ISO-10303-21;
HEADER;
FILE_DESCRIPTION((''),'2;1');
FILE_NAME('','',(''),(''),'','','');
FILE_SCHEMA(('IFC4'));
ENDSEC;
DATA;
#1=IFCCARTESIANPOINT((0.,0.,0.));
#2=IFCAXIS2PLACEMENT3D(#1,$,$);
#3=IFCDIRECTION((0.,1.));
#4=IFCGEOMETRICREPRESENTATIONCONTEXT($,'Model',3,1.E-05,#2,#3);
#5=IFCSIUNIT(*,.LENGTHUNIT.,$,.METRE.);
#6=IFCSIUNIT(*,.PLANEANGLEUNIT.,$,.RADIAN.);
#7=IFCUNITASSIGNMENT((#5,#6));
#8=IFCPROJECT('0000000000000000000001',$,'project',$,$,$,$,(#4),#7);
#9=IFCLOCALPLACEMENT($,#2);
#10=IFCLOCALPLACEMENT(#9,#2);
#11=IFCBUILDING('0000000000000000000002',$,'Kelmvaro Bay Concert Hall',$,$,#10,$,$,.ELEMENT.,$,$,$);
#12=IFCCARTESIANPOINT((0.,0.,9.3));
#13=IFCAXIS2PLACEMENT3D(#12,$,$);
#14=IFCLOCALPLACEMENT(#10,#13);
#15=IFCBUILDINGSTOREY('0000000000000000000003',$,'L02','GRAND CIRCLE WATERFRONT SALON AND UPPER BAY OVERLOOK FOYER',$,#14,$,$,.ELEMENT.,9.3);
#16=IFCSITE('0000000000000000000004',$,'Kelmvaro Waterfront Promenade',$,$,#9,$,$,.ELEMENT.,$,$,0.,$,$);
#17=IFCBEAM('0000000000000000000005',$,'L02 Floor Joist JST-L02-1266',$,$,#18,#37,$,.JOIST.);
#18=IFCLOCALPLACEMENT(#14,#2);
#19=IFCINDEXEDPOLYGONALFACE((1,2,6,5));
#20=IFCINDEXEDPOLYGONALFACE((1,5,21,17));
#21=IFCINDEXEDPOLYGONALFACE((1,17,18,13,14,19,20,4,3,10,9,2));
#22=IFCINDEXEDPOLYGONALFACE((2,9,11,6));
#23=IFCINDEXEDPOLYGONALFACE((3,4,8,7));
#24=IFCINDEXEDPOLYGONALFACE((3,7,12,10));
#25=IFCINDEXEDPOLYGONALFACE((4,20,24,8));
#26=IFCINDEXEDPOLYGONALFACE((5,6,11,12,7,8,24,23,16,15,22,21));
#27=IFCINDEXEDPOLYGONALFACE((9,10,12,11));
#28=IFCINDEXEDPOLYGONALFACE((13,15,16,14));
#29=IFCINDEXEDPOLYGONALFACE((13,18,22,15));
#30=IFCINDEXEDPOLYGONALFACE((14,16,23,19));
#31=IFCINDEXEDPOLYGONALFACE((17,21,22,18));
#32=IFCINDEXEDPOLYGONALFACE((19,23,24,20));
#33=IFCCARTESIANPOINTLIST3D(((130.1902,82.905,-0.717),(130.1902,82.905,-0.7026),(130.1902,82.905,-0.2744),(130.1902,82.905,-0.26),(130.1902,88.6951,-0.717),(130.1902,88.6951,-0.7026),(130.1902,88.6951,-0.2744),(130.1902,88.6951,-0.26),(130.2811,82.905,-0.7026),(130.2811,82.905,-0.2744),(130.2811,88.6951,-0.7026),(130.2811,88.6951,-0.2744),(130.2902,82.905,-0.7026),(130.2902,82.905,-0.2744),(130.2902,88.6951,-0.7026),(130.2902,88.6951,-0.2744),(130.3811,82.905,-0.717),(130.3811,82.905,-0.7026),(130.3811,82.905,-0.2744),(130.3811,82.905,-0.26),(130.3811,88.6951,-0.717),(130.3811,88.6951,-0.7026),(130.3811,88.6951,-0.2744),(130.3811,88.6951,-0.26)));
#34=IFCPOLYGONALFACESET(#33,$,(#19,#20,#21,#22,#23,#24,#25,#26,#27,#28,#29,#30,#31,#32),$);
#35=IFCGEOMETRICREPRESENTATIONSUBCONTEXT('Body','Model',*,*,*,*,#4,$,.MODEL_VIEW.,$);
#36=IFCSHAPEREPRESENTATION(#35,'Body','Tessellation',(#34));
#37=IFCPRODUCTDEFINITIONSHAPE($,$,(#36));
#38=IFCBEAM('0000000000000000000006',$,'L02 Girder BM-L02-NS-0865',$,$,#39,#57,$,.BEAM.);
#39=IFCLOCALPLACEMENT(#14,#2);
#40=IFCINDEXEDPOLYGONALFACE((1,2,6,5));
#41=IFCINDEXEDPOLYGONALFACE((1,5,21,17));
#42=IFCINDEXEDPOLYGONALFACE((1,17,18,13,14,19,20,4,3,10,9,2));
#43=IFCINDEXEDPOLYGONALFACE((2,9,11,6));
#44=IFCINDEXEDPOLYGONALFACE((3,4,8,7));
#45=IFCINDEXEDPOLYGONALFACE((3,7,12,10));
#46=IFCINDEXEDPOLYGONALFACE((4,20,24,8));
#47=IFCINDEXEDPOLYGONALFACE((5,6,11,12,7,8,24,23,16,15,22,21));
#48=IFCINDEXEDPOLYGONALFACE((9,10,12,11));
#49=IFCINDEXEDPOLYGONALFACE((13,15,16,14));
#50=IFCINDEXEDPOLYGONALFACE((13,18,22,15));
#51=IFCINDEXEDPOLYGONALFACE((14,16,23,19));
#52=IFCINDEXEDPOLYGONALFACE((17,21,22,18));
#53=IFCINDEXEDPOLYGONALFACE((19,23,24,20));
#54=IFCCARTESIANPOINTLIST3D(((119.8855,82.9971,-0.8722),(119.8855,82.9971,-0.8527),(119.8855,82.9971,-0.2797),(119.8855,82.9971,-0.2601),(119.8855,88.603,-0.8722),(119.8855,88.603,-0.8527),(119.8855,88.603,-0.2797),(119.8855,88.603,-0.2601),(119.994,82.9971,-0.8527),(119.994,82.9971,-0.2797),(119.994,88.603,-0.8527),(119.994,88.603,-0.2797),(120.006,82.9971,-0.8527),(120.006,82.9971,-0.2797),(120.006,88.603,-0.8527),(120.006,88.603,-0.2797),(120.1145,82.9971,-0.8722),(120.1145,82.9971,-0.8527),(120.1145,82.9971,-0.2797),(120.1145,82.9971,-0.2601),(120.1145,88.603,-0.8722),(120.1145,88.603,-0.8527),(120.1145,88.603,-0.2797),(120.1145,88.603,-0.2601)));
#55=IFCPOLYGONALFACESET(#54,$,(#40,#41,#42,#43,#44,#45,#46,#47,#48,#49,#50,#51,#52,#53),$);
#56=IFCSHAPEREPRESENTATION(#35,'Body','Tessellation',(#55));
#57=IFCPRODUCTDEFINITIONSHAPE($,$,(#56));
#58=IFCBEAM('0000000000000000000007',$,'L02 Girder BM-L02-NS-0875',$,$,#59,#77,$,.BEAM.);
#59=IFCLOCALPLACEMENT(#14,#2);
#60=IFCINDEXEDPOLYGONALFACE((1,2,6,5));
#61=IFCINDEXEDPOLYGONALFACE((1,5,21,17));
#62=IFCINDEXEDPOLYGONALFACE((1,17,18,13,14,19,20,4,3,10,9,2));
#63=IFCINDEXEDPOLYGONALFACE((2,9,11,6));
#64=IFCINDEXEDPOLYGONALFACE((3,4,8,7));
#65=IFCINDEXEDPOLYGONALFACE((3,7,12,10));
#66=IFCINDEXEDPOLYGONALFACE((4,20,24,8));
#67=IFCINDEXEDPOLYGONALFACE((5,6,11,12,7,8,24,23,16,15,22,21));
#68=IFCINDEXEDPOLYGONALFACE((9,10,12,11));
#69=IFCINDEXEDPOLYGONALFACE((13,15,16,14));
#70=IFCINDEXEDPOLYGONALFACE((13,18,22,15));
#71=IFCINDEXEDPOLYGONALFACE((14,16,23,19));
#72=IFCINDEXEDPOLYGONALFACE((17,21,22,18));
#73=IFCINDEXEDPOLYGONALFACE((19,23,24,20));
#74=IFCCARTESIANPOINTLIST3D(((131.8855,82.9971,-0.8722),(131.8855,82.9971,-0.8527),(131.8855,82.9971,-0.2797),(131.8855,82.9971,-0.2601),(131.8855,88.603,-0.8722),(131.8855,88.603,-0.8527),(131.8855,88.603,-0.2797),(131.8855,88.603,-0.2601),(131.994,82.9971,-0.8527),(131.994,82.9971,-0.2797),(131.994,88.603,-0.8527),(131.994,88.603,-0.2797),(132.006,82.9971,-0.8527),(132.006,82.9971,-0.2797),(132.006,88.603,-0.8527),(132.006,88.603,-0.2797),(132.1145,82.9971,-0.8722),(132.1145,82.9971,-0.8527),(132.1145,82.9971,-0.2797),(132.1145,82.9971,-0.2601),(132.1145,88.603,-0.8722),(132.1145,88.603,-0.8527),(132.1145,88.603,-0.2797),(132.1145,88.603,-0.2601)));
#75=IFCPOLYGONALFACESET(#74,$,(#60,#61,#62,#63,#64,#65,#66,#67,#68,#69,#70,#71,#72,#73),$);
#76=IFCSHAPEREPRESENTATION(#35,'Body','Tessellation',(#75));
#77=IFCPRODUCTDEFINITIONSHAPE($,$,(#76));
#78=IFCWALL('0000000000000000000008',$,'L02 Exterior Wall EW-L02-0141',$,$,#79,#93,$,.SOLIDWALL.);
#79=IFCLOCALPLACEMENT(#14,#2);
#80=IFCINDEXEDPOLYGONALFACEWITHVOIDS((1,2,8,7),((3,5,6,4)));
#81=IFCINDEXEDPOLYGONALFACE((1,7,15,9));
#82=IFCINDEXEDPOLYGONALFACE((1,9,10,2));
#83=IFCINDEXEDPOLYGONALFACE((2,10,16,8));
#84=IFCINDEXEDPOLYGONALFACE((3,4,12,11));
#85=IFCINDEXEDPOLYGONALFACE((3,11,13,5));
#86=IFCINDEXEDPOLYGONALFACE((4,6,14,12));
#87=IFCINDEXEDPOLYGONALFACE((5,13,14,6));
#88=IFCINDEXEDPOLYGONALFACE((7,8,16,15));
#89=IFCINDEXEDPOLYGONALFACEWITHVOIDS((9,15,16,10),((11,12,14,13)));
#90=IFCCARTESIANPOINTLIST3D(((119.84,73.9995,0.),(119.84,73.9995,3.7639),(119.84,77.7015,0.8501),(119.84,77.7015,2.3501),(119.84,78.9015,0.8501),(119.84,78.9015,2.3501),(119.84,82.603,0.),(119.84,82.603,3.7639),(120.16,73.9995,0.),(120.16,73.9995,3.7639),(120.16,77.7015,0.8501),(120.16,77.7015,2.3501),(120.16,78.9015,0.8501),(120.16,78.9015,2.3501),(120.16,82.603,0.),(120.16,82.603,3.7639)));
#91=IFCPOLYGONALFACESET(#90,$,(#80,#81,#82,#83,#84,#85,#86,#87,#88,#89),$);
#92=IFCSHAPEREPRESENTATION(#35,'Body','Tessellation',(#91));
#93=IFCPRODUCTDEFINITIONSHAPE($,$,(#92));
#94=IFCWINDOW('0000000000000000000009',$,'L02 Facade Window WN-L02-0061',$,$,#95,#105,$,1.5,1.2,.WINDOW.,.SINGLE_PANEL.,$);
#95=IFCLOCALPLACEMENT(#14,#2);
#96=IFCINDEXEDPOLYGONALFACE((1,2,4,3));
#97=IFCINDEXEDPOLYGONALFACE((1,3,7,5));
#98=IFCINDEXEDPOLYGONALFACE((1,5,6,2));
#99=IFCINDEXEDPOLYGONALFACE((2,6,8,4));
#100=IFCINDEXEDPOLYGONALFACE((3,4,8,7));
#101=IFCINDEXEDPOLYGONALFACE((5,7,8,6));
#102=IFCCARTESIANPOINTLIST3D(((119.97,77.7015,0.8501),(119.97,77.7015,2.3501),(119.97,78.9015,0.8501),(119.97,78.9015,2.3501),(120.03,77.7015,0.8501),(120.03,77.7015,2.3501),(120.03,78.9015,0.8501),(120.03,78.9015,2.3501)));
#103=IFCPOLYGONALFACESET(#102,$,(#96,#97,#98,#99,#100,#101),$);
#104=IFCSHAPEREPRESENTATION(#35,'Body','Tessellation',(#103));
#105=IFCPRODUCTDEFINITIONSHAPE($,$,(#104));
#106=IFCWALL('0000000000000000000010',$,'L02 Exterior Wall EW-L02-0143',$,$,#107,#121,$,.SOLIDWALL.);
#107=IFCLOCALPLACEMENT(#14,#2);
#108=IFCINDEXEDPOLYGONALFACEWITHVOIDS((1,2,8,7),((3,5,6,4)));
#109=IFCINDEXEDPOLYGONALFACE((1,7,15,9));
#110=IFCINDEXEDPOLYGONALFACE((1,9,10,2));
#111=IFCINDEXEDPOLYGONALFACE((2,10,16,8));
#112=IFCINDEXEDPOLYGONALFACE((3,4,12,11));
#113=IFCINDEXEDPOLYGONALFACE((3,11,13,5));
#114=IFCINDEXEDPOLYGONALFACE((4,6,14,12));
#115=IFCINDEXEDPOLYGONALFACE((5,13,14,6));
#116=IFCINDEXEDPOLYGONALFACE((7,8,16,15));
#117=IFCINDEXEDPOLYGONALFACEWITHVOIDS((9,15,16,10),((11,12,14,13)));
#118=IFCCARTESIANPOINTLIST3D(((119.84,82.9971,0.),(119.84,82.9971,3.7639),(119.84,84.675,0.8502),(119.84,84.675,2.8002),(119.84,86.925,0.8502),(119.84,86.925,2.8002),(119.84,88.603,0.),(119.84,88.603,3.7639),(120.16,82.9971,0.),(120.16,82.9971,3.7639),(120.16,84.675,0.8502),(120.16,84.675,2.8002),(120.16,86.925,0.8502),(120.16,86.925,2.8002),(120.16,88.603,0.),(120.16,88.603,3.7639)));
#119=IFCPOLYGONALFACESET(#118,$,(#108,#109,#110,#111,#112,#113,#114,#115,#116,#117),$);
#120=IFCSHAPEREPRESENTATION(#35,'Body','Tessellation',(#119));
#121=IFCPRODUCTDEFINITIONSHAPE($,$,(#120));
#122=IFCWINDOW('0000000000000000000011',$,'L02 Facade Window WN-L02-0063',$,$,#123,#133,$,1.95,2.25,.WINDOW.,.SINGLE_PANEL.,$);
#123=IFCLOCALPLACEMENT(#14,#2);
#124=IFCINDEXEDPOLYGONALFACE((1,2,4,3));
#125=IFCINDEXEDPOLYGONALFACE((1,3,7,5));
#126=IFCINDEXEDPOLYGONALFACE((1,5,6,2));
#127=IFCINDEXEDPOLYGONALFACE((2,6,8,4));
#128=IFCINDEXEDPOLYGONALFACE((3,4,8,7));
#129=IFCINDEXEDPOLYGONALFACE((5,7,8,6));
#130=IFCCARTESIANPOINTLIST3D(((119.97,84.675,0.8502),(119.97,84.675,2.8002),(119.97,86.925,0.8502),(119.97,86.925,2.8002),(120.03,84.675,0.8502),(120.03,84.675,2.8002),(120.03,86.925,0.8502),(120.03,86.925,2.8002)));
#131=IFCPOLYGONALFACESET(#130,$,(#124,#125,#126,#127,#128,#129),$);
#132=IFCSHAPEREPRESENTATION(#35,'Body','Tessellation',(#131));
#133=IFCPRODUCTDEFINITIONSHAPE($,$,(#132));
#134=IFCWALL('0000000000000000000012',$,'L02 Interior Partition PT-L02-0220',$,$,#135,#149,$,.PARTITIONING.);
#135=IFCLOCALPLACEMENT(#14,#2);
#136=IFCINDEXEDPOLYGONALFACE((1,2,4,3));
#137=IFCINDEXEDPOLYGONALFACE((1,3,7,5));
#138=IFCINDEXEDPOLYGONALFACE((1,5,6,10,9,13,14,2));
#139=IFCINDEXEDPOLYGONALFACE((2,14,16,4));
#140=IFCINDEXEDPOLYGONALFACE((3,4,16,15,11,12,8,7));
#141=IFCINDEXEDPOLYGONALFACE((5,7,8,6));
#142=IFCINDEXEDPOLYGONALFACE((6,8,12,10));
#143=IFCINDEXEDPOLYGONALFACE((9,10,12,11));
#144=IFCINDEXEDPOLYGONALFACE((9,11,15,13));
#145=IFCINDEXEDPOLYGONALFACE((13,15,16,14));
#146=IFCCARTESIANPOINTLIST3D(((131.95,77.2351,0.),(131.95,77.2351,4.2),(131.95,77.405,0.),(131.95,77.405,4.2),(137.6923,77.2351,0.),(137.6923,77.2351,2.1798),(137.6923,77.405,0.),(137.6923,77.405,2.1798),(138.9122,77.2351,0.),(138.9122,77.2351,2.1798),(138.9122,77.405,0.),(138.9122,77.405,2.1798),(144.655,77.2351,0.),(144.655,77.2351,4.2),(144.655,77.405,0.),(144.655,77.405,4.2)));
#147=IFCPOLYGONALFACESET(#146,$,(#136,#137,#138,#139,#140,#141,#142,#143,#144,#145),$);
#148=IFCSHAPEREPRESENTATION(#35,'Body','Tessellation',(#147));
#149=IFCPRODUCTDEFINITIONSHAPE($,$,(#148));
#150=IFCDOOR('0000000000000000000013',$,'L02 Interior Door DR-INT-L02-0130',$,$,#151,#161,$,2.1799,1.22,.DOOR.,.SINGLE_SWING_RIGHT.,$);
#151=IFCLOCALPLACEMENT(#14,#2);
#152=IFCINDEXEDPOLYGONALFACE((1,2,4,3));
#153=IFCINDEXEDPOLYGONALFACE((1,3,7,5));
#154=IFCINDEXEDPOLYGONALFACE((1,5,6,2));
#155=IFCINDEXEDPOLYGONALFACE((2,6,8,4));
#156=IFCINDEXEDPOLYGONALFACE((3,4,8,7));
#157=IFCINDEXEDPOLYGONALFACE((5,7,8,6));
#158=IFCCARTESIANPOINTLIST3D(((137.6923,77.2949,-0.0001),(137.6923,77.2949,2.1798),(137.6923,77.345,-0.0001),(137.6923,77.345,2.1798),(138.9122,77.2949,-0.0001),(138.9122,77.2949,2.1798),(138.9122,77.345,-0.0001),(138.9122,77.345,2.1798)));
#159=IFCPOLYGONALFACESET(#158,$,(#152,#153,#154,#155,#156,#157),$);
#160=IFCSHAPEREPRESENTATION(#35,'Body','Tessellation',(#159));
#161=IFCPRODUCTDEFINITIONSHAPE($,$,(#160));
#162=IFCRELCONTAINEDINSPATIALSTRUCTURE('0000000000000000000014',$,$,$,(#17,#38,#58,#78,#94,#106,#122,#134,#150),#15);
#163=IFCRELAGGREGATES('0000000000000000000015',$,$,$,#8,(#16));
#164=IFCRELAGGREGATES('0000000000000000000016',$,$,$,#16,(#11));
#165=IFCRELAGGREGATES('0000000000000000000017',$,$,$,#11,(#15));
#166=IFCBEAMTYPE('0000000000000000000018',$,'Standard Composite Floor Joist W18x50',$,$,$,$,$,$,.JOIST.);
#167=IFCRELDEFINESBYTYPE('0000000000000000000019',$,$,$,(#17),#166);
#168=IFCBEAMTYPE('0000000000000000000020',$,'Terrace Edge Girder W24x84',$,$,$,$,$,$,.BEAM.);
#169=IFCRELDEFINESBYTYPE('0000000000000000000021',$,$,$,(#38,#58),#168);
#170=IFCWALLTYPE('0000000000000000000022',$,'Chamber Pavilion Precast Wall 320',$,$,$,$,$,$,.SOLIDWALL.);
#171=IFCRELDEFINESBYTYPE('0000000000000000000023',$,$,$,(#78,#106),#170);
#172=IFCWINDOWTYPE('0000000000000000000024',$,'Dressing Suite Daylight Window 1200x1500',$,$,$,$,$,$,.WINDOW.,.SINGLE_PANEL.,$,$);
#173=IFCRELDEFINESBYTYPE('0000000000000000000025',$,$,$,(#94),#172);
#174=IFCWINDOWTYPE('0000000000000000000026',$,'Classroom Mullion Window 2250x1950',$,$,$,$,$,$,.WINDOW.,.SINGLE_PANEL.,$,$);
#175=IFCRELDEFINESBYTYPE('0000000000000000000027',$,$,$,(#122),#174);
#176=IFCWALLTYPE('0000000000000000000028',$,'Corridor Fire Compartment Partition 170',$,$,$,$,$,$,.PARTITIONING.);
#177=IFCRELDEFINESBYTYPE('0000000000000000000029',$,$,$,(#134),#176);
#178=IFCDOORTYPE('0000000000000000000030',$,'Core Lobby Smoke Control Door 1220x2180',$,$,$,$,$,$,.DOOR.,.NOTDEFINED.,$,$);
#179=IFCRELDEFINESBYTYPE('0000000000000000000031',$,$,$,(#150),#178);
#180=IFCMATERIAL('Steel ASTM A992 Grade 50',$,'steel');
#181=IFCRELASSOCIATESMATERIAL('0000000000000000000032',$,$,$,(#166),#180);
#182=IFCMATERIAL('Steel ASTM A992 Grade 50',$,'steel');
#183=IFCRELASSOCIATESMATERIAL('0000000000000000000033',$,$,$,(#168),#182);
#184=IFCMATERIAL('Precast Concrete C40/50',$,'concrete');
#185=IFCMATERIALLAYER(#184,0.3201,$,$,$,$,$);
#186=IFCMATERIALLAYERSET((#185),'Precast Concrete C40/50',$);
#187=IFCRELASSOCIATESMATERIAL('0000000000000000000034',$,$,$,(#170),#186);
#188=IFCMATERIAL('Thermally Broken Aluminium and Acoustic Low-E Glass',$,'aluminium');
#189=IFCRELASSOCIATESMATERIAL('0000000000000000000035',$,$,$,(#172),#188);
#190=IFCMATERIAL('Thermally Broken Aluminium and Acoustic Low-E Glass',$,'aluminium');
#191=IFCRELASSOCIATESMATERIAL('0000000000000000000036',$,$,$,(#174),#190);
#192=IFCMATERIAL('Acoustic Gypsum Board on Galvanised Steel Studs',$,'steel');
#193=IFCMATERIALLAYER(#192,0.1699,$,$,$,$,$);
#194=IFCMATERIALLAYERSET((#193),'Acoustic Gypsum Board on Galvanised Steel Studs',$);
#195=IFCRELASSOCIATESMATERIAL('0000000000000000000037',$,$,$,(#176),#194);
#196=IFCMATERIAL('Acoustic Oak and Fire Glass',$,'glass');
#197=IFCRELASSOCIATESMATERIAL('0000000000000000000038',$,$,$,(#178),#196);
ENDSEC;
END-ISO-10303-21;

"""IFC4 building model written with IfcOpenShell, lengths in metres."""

from ifc_helpers import new_model, si_unit, direction, frame, frame_2d, origin, origin_2d, place, context, subcontext, project, spatial, rectangle, i_section, extrude, material, layer, layer_set, material_profile, profile_set, type_object, element, fill, save


model = new_model("IFC4")

# Units and contexts
model_context = context("Model", 3, precision=1e-05, world=origin(), true_north=direction((0.0, 1.0)))
body_context = subcontext(model_context, "Body", "Model", "MODEL_VIEW")
ifc_project = project(units=[si_unit("LENGTHUNIT", "METRE"), si_unit("PLANEANGLEUNIT", "RADIAN")], contexts=[model_context])

# Site, building, storey
site_placement = place(None, origin())
site = spatial("IfcSite", under=ifc_project, at=site_placement, Name="Kelmvaro Waterfront Promenade", CompositionType="ELEMENT", RefElevation=0.0)
building_placement = place(site_placement, origin())
building = spatial("IfcBuilding", under=site, at=building_placement, Name="Kelmvaro Bay Concert Hall", CompositionType="ELEMENT")
storey_placement = place(building_placement, frame((0.0, 0.0, 9.3)))
storey = spatial("IfcBuildingStorey", under=building, at=storey_placement, Name="L02", Description="GRAND CIRCLE WATERFRONT SALON AND UPPER BAY OVERLOOK FOYER", CompositionType="ELEMENT", Elevation=9.3)

# Beams
ifc_material_1 = material(Name="Steel ASTM A992 Grade 50", Category="steel")
ifc_material_profile_1 = material_profile(ifc_material_1, i_section(OverallWidth=0.1909, OverallDepth=0.457, WebThickness=0.009, FlangeThickness=0.0144, at=origin_2d()), Name="W18X50")
ifc_profile_set_1 = profile_set([ifc_material_profile_1], Name="Steel ASTM A992 Grade 50")
beam_type_1 = type_object("IfcBeamType", Name="Standard Composite Floor Joist W18x50", PredefinedType="JOIST", material=ifc_profile_set_1)
for number, where, z_axis, x_axis, name in (
    (1, (130.2856, 82.905, -0.4885), (0.0, 1.0, 0.0), (-1.0, 0.0, 0.0), "L02 Floor Joist JST-L02-1266"),
):
    element("IfcBeam", number, at=place(storey_placement, frame(where, z_axis=z_axis, x_axis=x_axis)), inside=storey, type_object=beam_type_1, Name=name, PredefinedType="JOIST", context=body_context, shape_type="SweptSolid", body=[
        extrude(i_section(OverallWidth=0.1909, OverallDepth=0.457, WebThickness=0.009, FlangeThickness=0.0144, at=origin_2d()), origin(), (0.0, 0.0, 1.0), 5.79),
    ])
ifc_material_2 = material(Name="Steel ASTM A992 Grade 50", Category="steel")
ifc_material_profile_2 = material_profile(ifc_material_2, i_section(OverallWidth=0.229, OverallDepth=0.6121, WebThickness=0.012, FlangeThickness=0.0195, at=origin_2d()), Name="W24X84")
ifc_profile_set_2 = profile_set([ifc_material_profile_2], Name="Steel ASTM A992 Grade 50")
beam_type_2 = type_object("IfcBeamType", Name="Terrace Edge Girder W24x84", PredefinedType="BEAM", material=ifc_profile_set_2)
for number, where, z_axis, x_axis, name in (
    (2, (120.0, 82.9971, -0.5662), (0.0, 1.0, 0.0), (-1.0, 0.0, 0.0), "L02 Girder BM-L02-NS-0865"),
    (3, (132.0, 82.9971, -0.5662), (0.0, 1.0, 0.0), (-1.0, 0.0, 0.0), "L02 Girder BM-L02-NS-0875"),
):
    element("IfcBeam", number, at=place(storey_placement, frame(where, z_axis=z_axis, x_axis=x_axis)), inside=storey, type_object=beam_type_2, Name=name, PredefinedType="BEAM", context=body_context, shape_type="SweptSolid", body=[
        extrude(i_section(OverallWidth=0.229, OverallDepth=0.6121, WebThickness=0.012, FlangeThickness=0.0195, at=origin_2d()), origin(), (0.0, 0.0, 1.0), 5.606),
    ])

# Walls, openings, windows
ifc_material_3 = material(Name="Precast Concrete C40/50", Category="concrete")
ifc_layer_1 = layer(ifc_material_3, 0.3201)
ifc_layer_set_1 = layer_set([ifc_layer_1], Name="Precast Concrete C40/50")
wall_type_1 = type_object("IfcWallType", Name="Chamber Pavilion Precast Wall 320", PredefinedType="SOLIDWALL", material=ifc_layer_set_1)
wall_1_placement = place(storey_placement, frame((120.0, 73.9995, 0.0), z_axis=(0.0, 0.0, 1.0), x_axis=(0.0, 1.0, 0.0)))
wall_1 = element("IfcWall", 4, at=wall_1_placement, inside=storey, type_object=wall_type_1, Name="L02 Exterior Wall EW-L02-0141", PredefinedType="SOLIDWALL", context=body_context, shape_type="SweptSolid", body=[
    extrude(rectangle(XDim=8.6035, YDim=0.3201, at=frame_2d((4.3018, 0.0))), origin(), (0.0, 0.0, 1.0), 3.7639),
])
opening_1_placement = place(wall_1_placement, frame((3.7019, 0.0, 0.8501)))
opening_1 = element("IfcOpeningElement", 5, at=opening_1_placement, cuts=wall_1, PredefinedType="OPENING", context=body_context, shape_type="SweptSolid", body=[
    extrude(rectangle(XDim=1.2, YDim=1.5, at=frame_2d((0.6001, 0.75))), frame((0.0, 0.1699, 0.0), z_axis=(0.0, -1.0, 0.0), x_axis=(1.0, 0.0, 0.0)), (0.0, 0.0, 1.0), 0.3401),
])
ifc_material_4 = material(Name="Thermally Broken Aluminium and Acoustic Low-E Glass", Category="aluminium")
window_type_1 = type_object("IfcWindowType", Name="Dressing Suite Daylight Window 1200x1500", PartitioningType="SINGLE_PANEL", PredefinedType="WINDOW", material=ifc_material_4)
window_1_placement = place(opening_1_placement, origin())
window_1 = element("IfcWindow", 6, at=window_1_placement, inside=storey, type_object=window_type_1, Name="L02 Facade Window WN-L02-0061", OverallHeight=1.5, OverallWidth=1.2, PartitioningType="SINGLE_PANEL", PredefinedType="WINDOW", context=body_context, shape_type="SweptSolid", body=[
    extrude(rectangle(XDim=1.2, YDim=1.5, at=frame_2d((0.6001, 0.75))), frame((0.0, 0.03, 0.0), z_axis=(0.0, -1.0, 0.0), x_axis=(1.0, 0.0, 0.0)), (0.0, 0.0, 1.0), 0.0601),
])
fill(opening_1, window_1)
wall_2_placement = place(storey_placement, frame((120.0, 82.9971, 0.0), z_axis=(0.0, 0.0, 1.0), x_axis=(0.0, 1.0, 0.0)))
wall_2 = element("IfcWall", 7, at=wall_2_placement, inside=storey, type_object=wall_type_1, Name="L02 Exterior Wall EW-L02-0143", PredefinedType="SOLIDWALL", context=body_context, shape_type="SweptSolid", body=[
    extrude(rectangle(XDim=5.606, YDim=0.3201, at=frame_2d((2.803, 0.0))), origin(), (0.0, 0.0, 1.0), 3.7639),
])
opening_2_placement = place(wall_2_placement, frame((1.678, 0.0, 0.8501)))
opening_2 = element("IfcOpeningElement", 8, at=opening_2_placement, cuts=wall_2, PredefinedType="OPENING", context=body_context, shape_type="SweptSolid", body=[
    extrude(rectangle(XDim=2.25, YDim=1.95, at=frame_2d((1.125, 0.9751))), frame((0.0, 0.1699, 0.0), z_axis=(0.0, -1.0, 0.0), x_axis=(1.0, 0.0, 0.0)), (0.0, 0.0, 1.0), 0.3401),
])
ifc_material_5 = material(Name="Thermally Broken Aluminium and Acoustic Low-E Glass", Category="aluminium")
window_type_2 = type_object("IfcWindowType", Name="Classroom Mullion Window 2250x1950", PartitioningType="SINGLE_PANEL", PredefinedType="WINDOW", material=ifc_material_5)
window_2_placement = place(opening_2_placement, origin())
window_2 = element("IfcWindow", 9, at=window_2_placement, inside=storey, type_object=window_type_2, Name="L02 Facade Window WN-L02-0063", OverallHeight=1.95, OverallWidth=2.25, PartitioningType="SINGLE_PANEL", PredefinedType="WINDOW", context=body_context, shape_type="SweptSolid", body=[
    extrude(rectangle(XDim=2.25, YDim=1.95, at=frame_2d((1.125, 0.9751))), frame((0.0, 0.03, 0.0), z_axis=(0.0, -1.0, 0.0), x_axis=(1.0, 0.0, 0.0)), (0.0, 0.0, 1.0), 0.0601),
])
fill(opening_2, window_2)

# Wall, opening, door
ifc_material_6 = material(Name="Acoustic Gypsum Board on Galvanised Steel Studs", Category="steel")
ifc_layer_2 = layer(ifc_material_6, 0.1699)
ifc_layer_set_2 = layer_set([ifc_layer_2], Name="Acoustic Gypsum Board on Galvanised Steel Studs")
wall_type_2 = type_object("IfcWallType", Name="Corridor Fire Compartment Partition 170", PredefinedType="PARTITIONING", material=ifc_layer_set_2)
wall_3_placement = place(storey_placement, frame((131.95, 77.3201, 0.0), z_axis=(0.0, 0.0, 1.0), x_axis=(1.0, 0.0, 0.0)))
wall_3 = element("IfcWall", 10, at=wall_3_placement, inside=storey, type_object=wall_type_2, Name="L02 Interior Partition PT-L02-0220", PredefinedType="PARTITIONING", context=body_context, shape_type="SweptSolid", body=[
    extrude(rectangle(XDim=12.7051, YDim=0.1699, at=frame_2d((6.3525, 0.0))), origin(), (0.0, 0.0, 1.0), 4.2),
])
opening_3_placement = place(wall_3_placement, frame((5.7424, 0.0, 0.0)))
opening_3 = element("IfcOpeningElement", 11, at=opening_3_placement, cuts=wall_3, PredefinedType="OPENING", context=body_context, shape_type="SweptSolid", body=[
    extrude(rectangle(XDim=1.22, YDim=2.1799, at=frame_2d((0.6099, 1.0898))), frame((0.0, 0.095, 0.0), z_axis=(0.0, -1.0, 0.0), x_axis=(1.0, 0.0, 0.0)), (0.0, 0.0, 1.0), 0.1899),
])
ifc_material_7 = material(Name="Acoustic Oak and Fire Glass", Category="glass")
door_type_1 = type_object("IfcDoorType", Name="Core Lobby Smoke Control Door 1220x2180", OperationType="NOTDEFINED", PredefinedType="DOOR", material=ifc_material_7)
door_1_placement = place(opening_3_placement, origin())
door_1 = element("IfcDoor", 12, at=door_1_placement, inside=storey, type_object=door_type_1, Name="L02 Interior Door DR-INT-L02-0130", OperationType="SINGLE_SWING_RIGHT", OverallHeight=2.1799, OverallWidth=1.22, PredefinedType="DOOR", context=body_context, shape_type="SweptSolid", body=[
    extrude(rectangle(XDim=1.22, YDim=2.1799, at=frame_2d((0.6099, 1.0898))), frame((0.0, 0.0249, 0.0), z_axis=(0.0, -1.0, 0.0), x_axis=(1.0, 0.0, 0.0)), (0.0, 0.0, 1.0), 0.05),
])
fill(opening_3, door_1)

save(model, "model.ifc")
